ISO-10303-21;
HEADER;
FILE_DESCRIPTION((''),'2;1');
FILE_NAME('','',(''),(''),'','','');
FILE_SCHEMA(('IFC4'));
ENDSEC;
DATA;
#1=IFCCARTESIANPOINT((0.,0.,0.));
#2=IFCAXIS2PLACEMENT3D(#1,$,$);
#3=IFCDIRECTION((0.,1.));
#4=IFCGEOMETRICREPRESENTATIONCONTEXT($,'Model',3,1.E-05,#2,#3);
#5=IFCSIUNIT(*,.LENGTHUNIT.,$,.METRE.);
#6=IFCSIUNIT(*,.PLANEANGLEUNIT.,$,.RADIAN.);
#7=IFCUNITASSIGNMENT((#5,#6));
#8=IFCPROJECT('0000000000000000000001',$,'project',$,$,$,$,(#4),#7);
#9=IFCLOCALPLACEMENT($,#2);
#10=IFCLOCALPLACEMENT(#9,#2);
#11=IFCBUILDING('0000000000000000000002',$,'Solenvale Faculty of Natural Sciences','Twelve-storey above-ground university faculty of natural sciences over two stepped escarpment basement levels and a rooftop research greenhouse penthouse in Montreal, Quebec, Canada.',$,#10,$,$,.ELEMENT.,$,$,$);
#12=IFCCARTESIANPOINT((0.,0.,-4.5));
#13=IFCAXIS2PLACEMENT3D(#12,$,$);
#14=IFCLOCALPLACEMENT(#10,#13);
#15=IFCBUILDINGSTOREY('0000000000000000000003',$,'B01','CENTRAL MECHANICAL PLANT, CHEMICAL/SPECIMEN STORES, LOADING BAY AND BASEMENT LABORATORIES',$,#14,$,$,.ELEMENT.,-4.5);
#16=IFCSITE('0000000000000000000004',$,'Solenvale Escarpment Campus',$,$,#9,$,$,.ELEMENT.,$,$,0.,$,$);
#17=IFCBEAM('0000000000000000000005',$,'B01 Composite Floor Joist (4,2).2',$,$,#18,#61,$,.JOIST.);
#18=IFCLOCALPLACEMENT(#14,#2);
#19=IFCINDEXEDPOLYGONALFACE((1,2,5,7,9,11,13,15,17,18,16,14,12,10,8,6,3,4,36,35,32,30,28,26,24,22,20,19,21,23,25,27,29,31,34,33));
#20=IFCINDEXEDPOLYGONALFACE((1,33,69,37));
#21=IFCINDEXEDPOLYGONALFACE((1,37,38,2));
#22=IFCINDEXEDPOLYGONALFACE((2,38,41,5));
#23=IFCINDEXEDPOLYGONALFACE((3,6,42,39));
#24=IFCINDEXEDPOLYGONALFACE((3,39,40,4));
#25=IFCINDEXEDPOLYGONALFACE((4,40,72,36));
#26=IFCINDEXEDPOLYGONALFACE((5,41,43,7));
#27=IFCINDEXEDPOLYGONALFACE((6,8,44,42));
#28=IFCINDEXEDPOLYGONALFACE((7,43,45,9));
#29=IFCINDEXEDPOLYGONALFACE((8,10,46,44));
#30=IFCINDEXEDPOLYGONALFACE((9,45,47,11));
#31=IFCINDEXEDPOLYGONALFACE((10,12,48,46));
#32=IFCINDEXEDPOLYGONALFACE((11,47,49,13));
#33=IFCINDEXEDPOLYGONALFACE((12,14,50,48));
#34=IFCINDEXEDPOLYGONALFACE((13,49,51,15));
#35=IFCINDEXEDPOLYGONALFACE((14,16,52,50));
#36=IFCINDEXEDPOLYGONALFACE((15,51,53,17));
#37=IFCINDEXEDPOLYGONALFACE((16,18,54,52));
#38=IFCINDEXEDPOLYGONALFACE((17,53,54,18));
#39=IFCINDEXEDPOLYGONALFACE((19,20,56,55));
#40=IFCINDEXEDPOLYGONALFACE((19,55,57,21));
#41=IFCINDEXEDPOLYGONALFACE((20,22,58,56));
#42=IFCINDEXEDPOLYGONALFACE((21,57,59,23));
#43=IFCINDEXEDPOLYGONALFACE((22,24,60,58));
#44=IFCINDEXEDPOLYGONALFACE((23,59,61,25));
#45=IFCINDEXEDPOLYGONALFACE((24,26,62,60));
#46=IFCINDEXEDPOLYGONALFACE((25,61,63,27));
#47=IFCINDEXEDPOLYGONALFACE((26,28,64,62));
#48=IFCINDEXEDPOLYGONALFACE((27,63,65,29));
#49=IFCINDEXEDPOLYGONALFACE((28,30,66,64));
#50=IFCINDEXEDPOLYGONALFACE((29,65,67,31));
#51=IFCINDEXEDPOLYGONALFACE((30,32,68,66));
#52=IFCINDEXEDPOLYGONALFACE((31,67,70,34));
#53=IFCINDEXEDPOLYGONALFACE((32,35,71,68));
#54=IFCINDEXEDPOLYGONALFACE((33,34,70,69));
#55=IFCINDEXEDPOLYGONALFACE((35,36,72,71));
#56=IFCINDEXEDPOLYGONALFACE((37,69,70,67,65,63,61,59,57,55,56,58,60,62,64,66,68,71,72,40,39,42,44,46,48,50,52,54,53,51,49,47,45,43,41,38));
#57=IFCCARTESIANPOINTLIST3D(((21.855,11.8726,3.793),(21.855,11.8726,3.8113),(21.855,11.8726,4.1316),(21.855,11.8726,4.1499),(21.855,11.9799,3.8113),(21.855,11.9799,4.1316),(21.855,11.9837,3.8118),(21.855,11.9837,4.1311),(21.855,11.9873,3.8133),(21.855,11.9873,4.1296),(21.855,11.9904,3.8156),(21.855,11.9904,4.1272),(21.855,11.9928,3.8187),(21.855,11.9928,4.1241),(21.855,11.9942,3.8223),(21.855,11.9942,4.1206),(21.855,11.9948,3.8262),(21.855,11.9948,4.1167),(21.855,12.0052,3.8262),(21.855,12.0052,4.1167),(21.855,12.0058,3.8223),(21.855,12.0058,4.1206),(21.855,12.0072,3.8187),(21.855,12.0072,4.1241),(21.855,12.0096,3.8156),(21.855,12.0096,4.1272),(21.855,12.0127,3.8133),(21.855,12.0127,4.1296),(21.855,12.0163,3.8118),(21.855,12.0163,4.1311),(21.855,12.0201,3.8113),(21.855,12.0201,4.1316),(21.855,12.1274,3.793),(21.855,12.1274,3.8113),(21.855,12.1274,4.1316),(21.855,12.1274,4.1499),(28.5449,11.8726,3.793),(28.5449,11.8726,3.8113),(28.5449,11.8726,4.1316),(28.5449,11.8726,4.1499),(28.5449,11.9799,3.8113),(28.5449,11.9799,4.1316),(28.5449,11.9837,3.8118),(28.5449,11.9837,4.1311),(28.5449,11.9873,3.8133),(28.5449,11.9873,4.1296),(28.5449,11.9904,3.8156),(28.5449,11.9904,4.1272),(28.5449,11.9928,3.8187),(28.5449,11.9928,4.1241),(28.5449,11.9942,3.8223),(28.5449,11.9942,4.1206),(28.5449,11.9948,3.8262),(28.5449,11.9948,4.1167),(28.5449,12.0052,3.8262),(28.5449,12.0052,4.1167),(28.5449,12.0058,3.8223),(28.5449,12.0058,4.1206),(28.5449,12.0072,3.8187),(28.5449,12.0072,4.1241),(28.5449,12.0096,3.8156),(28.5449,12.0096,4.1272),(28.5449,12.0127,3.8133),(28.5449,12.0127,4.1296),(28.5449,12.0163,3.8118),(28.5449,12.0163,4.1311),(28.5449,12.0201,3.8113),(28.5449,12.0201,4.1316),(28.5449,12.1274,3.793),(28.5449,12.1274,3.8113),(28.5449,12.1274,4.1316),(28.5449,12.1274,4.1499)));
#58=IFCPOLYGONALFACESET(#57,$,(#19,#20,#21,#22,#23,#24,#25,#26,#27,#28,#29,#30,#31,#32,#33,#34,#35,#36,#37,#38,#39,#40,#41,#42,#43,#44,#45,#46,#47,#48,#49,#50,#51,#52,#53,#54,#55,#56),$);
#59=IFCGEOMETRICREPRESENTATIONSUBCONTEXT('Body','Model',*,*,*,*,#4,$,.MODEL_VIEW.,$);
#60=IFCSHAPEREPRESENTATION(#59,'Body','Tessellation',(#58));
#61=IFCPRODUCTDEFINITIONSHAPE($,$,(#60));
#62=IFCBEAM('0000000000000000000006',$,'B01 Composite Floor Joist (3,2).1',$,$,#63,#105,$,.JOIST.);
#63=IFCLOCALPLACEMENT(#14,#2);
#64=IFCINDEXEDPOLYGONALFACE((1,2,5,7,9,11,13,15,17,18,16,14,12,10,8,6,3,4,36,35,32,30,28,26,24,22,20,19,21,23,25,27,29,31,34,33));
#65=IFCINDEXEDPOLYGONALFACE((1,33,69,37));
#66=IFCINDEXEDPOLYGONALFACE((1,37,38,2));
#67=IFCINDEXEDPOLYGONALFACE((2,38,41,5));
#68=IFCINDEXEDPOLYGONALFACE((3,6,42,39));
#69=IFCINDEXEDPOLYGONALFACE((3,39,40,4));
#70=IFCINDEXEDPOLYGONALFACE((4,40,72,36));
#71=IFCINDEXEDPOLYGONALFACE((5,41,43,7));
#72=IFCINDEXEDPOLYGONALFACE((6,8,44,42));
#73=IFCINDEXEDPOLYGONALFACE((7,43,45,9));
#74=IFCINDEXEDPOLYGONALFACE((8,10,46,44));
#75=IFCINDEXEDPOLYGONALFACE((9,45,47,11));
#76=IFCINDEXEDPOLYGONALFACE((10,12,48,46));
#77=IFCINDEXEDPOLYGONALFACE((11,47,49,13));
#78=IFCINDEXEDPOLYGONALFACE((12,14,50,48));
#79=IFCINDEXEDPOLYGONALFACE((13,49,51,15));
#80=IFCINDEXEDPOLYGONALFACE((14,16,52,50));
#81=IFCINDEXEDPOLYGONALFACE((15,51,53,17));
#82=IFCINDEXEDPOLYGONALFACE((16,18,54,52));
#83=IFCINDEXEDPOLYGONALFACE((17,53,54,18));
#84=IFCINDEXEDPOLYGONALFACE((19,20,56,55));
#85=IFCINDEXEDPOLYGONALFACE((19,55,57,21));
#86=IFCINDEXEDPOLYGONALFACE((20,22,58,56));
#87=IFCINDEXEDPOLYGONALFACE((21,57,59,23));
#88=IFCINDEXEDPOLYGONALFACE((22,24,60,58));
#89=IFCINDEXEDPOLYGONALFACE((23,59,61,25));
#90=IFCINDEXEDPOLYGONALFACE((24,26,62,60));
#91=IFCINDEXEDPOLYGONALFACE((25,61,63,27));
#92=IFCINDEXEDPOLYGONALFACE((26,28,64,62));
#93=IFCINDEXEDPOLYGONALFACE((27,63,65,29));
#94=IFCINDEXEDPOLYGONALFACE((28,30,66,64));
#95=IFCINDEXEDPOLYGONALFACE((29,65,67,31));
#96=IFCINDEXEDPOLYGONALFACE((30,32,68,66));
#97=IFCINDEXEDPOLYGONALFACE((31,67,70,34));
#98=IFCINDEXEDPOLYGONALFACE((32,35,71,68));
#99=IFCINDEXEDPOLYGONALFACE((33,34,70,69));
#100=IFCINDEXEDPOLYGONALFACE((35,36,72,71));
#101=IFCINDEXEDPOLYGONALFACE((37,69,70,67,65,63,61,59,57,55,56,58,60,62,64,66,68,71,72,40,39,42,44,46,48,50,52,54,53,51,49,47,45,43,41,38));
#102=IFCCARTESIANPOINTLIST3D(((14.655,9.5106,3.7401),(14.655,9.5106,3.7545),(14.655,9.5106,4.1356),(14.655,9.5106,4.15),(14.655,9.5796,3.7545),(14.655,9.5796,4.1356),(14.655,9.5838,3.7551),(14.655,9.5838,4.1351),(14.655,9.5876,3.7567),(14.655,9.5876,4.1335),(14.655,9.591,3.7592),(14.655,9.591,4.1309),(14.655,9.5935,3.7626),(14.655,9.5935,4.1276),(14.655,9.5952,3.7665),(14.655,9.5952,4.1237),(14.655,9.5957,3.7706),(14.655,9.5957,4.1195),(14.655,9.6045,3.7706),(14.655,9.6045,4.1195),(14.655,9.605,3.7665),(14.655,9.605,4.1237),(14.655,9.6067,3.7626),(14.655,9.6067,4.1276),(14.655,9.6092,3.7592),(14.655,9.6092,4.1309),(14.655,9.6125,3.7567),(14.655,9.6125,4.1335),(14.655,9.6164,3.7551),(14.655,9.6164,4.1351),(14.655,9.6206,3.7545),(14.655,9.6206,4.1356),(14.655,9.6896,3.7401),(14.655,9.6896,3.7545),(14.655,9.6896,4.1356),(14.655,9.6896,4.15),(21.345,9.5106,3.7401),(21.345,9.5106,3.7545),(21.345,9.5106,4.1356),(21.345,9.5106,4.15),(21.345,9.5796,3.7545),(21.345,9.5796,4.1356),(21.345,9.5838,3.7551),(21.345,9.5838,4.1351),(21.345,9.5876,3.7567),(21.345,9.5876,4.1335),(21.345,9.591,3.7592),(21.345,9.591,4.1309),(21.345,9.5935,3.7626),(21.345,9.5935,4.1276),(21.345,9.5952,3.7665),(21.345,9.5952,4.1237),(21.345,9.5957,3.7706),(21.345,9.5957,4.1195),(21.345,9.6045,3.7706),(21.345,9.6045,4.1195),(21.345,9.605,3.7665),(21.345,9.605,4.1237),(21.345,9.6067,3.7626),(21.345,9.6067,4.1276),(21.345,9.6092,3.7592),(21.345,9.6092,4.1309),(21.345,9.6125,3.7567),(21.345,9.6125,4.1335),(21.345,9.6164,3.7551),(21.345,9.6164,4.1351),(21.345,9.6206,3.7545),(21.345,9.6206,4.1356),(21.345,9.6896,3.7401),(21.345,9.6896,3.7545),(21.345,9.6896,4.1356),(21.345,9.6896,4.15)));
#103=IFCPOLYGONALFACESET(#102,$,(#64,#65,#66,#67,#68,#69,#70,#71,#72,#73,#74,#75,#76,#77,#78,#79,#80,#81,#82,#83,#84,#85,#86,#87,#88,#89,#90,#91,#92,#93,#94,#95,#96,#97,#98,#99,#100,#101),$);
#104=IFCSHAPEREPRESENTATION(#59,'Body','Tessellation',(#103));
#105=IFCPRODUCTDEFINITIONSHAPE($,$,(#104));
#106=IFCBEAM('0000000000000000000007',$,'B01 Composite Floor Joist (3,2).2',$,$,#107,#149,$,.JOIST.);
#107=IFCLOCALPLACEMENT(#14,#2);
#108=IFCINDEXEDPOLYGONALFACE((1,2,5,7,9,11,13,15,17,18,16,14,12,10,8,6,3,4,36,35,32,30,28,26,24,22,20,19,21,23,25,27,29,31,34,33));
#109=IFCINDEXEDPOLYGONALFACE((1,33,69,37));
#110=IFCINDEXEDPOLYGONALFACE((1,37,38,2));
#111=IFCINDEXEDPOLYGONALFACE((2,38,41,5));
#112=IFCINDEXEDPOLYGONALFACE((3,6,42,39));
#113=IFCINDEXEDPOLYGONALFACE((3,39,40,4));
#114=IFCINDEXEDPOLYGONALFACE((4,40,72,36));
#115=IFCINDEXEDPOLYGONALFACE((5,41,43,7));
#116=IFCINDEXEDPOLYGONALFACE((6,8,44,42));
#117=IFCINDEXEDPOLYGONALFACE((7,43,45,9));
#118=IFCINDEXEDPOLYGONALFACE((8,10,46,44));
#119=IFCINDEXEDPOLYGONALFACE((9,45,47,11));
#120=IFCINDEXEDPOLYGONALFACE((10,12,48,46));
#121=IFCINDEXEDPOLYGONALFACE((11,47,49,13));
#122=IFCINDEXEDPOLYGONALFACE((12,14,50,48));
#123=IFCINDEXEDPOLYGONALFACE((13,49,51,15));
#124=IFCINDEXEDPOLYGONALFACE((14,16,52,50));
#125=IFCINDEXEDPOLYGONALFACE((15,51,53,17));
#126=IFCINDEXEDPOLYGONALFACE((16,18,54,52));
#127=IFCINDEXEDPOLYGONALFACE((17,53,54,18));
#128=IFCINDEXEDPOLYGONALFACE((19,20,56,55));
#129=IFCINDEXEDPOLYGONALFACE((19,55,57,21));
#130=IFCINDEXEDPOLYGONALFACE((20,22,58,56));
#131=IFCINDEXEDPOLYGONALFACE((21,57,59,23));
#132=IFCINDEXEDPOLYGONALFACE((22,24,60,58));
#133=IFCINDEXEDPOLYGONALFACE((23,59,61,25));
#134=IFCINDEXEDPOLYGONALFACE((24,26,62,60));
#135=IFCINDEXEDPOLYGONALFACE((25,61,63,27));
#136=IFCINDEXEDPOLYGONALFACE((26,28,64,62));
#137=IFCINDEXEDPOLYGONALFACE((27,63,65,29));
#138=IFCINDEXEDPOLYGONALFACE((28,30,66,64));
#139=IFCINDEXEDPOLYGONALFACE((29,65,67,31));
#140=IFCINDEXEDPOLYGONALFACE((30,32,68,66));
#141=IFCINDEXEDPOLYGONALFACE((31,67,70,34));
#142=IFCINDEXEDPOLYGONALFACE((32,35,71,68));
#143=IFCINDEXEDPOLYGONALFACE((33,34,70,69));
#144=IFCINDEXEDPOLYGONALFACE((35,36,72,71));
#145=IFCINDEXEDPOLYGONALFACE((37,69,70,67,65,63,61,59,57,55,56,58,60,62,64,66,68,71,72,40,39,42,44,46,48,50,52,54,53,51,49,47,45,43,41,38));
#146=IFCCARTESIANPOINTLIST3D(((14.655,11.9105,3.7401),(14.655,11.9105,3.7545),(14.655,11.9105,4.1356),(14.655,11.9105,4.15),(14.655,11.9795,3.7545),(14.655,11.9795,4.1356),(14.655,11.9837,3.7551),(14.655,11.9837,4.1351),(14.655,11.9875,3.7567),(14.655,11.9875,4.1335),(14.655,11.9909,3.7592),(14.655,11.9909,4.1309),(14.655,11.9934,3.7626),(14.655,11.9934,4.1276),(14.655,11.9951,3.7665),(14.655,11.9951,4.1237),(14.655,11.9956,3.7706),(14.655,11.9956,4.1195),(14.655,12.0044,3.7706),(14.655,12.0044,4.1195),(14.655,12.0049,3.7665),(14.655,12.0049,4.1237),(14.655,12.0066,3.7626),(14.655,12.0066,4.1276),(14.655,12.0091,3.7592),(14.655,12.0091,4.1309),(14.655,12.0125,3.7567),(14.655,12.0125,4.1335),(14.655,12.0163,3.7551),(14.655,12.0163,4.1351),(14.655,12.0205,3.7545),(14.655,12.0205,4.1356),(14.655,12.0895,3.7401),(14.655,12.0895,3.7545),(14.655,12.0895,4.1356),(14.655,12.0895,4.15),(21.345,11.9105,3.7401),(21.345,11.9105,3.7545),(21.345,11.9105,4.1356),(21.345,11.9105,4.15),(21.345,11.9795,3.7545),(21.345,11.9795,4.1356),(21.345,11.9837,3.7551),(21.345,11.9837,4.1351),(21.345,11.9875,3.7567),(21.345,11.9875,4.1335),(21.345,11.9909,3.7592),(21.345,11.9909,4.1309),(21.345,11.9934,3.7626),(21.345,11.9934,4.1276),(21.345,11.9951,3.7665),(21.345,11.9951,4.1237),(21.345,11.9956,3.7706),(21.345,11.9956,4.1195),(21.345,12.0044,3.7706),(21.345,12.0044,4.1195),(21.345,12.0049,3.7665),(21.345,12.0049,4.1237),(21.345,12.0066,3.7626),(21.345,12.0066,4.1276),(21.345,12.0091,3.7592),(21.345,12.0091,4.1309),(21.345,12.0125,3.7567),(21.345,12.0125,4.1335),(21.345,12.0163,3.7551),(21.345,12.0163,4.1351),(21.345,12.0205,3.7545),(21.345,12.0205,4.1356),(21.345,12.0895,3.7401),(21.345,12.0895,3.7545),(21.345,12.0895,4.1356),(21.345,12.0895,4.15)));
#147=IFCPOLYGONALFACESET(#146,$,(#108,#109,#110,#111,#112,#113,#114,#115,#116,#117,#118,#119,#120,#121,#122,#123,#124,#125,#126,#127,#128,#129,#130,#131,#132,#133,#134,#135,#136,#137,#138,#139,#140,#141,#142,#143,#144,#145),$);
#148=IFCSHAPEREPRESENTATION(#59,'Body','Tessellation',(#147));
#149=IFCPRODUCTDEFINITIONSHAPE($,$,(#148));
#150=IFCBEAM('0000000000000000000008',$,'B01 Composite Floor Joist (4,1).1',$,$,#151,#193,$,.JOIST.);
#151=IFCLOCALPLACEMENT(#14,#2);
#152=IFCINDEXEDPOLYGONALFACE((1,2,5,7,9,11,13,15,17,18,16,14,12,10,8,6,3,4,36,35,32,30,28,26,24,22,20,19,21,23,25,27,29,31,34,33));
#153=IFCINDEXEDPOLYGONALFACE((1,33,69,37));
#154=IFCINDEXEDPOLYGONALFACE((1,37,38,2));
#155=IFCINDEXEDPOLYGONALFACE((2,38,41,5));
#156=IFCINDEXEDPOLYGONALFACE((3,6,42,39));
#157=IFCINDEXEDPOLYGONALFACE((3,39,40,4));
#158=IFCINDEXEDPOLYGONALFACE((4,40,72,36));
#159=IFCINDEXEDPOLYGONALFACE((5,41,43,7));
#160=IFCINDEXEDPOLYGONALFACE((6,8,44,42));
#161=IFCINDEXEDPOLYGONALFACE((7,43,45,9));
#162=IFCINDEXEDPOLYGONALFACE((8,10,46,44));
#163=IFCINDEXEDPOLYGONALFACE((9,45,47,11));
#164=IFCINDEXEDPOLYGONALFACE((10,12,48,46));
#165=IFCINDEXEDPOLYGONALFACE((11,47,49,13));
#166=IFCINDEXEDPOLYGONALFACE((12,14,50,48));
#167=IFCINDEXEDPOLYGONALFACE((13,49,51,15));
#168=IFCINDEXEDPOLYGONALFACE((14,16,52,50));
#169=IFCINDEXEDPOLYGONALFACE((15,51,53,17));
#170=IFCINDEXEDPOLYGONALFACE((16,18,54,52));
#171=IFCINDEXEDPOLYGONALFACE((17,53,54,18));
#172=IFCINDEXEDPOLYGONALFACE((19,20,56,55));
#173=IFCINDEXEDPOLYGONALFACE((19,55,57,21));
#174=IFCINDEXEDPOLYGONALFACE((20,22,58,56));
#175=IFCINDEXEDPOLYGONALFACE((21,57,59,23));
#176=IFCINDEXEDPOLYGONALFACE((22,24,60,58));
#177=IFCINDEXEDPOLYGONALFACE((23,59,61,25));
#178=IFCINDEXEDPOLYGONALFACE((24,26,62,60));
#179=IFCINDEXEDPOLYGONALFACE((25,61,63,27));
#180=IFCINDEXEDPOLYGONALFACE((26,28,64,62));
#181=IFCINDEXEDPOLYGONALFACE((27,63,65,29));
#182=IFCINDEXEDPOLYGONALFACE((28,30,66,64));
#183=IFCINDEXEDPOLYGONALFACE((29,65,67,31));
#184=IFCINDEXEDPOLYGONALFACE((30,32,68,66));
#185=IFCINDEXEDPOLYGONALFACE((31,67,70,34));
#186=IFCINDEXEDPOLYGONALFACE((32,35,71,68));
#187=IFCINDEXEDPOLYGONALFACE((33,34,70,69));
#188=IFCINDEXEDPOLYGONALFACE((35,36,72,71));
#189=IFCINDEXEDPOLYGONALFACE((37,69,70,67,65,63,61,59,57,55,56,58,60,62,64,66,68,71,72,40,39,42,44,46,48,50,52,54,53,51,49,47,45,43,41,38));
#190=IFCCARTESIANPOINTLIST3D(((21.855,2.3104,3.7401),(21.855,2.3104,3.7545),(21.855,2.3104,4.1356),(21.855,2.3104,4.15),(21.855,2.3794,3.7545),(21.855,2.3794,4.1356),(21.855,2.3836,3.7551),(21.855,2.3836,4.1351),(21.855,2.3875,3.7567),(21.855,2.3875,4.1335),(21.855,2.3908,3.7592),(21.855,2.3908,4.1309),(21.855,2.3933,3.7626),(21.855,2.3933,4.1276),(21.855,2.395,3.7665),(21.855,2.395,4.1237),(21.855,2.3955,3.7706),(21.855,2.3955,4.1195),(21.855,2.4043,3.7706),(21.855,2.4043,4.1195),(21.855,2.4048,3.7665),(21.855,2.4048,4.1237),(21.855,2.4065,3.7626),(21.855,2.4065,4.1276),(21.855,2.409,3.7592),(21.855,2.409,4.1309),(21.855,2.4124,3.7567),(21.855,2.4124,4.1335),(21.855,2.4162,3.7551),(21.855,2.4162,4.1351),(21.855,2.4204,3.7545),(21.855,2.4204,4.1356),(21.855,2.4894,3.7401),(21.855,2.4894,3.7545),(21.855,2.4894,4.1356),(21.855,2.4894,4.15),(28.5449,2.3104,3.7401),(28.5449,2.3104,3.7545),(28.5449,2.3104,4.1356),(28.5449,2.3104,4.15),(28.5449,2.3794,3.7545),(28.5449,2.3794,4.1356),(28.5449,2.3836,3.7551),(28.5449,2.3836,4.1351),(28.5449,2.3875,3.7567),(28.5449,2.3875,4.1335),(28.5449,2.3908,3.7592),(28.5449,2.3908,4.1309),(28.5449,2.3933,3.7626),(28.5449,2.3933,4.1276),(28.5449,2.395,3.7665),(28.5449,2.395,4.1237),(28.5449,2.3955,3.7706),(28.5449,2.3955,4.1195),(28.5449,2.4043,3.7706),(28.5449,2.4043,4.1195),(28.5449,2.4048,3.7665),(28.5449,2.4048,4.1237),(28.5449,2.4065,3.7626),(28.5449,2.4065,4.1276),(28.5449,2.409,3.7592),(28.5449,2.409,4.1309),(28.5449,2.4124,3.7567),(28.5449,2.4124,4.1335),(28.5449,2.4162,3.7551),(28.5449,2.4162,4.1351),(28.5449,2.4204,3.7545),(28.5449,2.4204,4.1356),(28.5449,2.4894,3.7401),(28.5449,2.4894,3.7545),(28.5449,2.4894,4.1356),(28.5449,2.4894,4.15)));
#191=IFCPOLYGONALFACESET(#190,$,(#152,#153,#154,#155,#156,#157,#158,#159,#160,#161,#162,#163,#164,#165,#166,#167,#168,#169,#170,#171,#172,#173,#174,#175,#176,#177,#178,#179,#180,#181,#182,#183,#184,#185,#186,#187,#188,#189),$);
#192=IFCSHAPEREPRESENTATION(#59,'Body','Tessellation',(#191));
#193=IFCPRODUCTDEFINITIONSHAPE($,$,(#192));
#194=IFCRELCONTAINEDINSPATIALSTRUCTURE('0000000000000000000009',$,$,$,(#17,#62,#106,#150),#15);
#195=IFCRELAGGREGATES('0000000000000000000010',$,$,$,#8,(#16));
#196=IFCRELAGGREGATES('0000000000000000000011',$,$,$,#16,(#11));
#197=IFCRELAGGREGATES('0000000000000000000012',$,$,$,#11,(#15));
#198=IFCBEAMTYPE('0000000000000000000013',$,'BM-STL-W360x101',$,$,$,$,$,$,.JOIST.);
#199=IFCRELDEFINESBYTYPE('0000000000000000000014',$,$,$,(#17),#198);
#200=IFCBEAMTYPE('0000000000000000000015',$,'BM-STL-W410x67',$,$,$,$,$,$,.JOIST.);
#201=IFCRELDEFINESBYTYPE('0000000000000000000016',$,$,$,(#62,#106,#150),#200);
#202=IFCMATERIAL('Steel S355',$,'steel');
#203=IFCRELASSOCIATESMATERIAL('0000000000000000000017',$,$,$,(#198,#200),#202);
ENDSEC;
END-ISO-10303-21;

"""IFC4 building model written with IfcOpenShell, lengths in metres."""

from ifc_helpers import new_model, si_unit, direction, frame, origin, origin_2d, place, context, subcontext, project, spatial, i_section, extrude, material, material_profile, profile_set, type_object, element, save


model = new_model("IFC4")

# Units and contexts
model_context = context("Model", 3, precision=1e-05, world=origin(), true_north=direction((0.0, 1.0)))
body_context = subcontext(model_context, "Body", "Model", "MODEL_VIEW")
ifc_project = project(units=[si_unit("LENGTHUNIT", "METRE"), si_unit("PLANEANGLEUNIT", "RADIAN")], contexts=[model_context])

# Site, building, storey
site_placement = place(None, origin())
site = spatial("IfcSite", under=ifc_project, at=site_placement, Name="Solenvale Escarpment Campus", CompositionType="ELEMENT", RefElevation=0.0)
building_placement = place(site_placement, origin())
building = spatial("IfcBuilding", under=site, at=building_placement, Name="Solenvale Faculty of Natural Sciences", Description="Twelve-storey above-ground university faculty of natural sciences over two stepped escarpment basement levels and a rooftop research greenhouse penthouse in Montreal, Quebec, Canada.", CompositionType="ELEMENT")
storey_placement = place(building_placement, frame((0.0, 0.0, -4.5)))
storey = spatial("IfcBuildingStorey", under=building, at=storey_placement, Name="B01", Description="CENTRAL MECHANICAL PLANT, CHEMICAL/SPECIMEN STORES, LOADING BAY AND BASEMENT LABORATORIES", CompositionType="ELEMENT", Elevation=-4.5)

# Beams
ifc_material_1 = material(Name="Steel S355", Category="steel")
ifc_material_profile_1 = material_profile(ifc_material_1, i_section(OverallWidth=0.2549, OverallDepth=0.3569, WebThickness=0.0105, FlangeThickness=0.0183, FilletRadius=0.0149, at=origin_2d()), Name="W360x101")
ifc_profile_set_1 = profile_set([ifc_material_profile_1], Name="Steel S355")
beam_type_1 = type_object("IfcBeamType", Name="BM-STL-W360x101", PredefinedType="JOIST", material=ifc_profile_set_1)
for number, where, z_axis, x_axis, name in (
    (1, (21.855, 12.0, 3.9714), (1.0, 0.0, 0.0), (0.0, 1.0, 0.0), "B01 Composite Floor Joist (4,2).2"),
):
    element("IfcBeam", number, at=place(storey_placement, frame(where, z_axis=z_axis, x_axis=x_axis)), inside=storey, type_object=beam_type_1, Name=name, PredefinedType="JOIST", context=body_context, shape_type="SweptSolid", body=[
        extrude(i_section(OverallWidth=0.2549, OverallDepth=0.3569, WebThickness=0.0105, FlangeThickness=0.0183, FilletRadius=0.0149, at=origin_2d()), origin(), (0.0, 0.0, 1.0), 6.6899),
    ])
ifc_material_profile_2 = material_profile(ifc_material_1, i_section(OverallWidth=0.179, OverallDepth=0.4099, WebThickness=0.0088, FlangeThickness=0.0144, FilletRadius=0.0161, at=origin_2d()), Name="W410x67")
ifc_profile_set_2 = profile_set([ifc_material_profile_2], Name="Steel S355")
beam_type_2 = type_object("IfcBeamType", Name="BM-STL-W410x67", PredefinedType="JOIST", material=ifc_profile_set_2)
for number, where, z_axis, x_axis, name in (
    (2, (14.655, 9.6001, 3.9451), (1.0, 0.0, 0.0), (0.0, 1.0, 0.0), "B01 Composite Floor Joist (3,2).1"),
    (3, (14.655, 12.0, 3.9451), (1.0, 0.0, 0.0), (0.0, 1.0, 0.0), "B01 Composite Floor Joist (3,2).2"),
    (4, (21.855, 2.3999, 3.9451), (1.0, 0.0, 0.0), (0.0, 1.0, 0.0), "B01 Composite Floor Joist (4,1).1"),
):
    element("IfcBeam", number, at=place(storey_placement, frame(where, z_axis=z_axis, x_axis=x_axis)), inside=storey, type_object=beam_type_2, Name=name, PredefinedType="JOIST", context=body_context, shape_type="SweptSolid", body=[
        extrude(i_section(OverallWidth=0.179, OverallDepth=0.4099, WebThickness=0.0088, FlangeThickness=0.0144, FilletRadius=0.0161, at=origin_2d()), origin(), (0.0, 0.0, 1.0), 6.6899),
    ])

save(model, "model.ifc")
